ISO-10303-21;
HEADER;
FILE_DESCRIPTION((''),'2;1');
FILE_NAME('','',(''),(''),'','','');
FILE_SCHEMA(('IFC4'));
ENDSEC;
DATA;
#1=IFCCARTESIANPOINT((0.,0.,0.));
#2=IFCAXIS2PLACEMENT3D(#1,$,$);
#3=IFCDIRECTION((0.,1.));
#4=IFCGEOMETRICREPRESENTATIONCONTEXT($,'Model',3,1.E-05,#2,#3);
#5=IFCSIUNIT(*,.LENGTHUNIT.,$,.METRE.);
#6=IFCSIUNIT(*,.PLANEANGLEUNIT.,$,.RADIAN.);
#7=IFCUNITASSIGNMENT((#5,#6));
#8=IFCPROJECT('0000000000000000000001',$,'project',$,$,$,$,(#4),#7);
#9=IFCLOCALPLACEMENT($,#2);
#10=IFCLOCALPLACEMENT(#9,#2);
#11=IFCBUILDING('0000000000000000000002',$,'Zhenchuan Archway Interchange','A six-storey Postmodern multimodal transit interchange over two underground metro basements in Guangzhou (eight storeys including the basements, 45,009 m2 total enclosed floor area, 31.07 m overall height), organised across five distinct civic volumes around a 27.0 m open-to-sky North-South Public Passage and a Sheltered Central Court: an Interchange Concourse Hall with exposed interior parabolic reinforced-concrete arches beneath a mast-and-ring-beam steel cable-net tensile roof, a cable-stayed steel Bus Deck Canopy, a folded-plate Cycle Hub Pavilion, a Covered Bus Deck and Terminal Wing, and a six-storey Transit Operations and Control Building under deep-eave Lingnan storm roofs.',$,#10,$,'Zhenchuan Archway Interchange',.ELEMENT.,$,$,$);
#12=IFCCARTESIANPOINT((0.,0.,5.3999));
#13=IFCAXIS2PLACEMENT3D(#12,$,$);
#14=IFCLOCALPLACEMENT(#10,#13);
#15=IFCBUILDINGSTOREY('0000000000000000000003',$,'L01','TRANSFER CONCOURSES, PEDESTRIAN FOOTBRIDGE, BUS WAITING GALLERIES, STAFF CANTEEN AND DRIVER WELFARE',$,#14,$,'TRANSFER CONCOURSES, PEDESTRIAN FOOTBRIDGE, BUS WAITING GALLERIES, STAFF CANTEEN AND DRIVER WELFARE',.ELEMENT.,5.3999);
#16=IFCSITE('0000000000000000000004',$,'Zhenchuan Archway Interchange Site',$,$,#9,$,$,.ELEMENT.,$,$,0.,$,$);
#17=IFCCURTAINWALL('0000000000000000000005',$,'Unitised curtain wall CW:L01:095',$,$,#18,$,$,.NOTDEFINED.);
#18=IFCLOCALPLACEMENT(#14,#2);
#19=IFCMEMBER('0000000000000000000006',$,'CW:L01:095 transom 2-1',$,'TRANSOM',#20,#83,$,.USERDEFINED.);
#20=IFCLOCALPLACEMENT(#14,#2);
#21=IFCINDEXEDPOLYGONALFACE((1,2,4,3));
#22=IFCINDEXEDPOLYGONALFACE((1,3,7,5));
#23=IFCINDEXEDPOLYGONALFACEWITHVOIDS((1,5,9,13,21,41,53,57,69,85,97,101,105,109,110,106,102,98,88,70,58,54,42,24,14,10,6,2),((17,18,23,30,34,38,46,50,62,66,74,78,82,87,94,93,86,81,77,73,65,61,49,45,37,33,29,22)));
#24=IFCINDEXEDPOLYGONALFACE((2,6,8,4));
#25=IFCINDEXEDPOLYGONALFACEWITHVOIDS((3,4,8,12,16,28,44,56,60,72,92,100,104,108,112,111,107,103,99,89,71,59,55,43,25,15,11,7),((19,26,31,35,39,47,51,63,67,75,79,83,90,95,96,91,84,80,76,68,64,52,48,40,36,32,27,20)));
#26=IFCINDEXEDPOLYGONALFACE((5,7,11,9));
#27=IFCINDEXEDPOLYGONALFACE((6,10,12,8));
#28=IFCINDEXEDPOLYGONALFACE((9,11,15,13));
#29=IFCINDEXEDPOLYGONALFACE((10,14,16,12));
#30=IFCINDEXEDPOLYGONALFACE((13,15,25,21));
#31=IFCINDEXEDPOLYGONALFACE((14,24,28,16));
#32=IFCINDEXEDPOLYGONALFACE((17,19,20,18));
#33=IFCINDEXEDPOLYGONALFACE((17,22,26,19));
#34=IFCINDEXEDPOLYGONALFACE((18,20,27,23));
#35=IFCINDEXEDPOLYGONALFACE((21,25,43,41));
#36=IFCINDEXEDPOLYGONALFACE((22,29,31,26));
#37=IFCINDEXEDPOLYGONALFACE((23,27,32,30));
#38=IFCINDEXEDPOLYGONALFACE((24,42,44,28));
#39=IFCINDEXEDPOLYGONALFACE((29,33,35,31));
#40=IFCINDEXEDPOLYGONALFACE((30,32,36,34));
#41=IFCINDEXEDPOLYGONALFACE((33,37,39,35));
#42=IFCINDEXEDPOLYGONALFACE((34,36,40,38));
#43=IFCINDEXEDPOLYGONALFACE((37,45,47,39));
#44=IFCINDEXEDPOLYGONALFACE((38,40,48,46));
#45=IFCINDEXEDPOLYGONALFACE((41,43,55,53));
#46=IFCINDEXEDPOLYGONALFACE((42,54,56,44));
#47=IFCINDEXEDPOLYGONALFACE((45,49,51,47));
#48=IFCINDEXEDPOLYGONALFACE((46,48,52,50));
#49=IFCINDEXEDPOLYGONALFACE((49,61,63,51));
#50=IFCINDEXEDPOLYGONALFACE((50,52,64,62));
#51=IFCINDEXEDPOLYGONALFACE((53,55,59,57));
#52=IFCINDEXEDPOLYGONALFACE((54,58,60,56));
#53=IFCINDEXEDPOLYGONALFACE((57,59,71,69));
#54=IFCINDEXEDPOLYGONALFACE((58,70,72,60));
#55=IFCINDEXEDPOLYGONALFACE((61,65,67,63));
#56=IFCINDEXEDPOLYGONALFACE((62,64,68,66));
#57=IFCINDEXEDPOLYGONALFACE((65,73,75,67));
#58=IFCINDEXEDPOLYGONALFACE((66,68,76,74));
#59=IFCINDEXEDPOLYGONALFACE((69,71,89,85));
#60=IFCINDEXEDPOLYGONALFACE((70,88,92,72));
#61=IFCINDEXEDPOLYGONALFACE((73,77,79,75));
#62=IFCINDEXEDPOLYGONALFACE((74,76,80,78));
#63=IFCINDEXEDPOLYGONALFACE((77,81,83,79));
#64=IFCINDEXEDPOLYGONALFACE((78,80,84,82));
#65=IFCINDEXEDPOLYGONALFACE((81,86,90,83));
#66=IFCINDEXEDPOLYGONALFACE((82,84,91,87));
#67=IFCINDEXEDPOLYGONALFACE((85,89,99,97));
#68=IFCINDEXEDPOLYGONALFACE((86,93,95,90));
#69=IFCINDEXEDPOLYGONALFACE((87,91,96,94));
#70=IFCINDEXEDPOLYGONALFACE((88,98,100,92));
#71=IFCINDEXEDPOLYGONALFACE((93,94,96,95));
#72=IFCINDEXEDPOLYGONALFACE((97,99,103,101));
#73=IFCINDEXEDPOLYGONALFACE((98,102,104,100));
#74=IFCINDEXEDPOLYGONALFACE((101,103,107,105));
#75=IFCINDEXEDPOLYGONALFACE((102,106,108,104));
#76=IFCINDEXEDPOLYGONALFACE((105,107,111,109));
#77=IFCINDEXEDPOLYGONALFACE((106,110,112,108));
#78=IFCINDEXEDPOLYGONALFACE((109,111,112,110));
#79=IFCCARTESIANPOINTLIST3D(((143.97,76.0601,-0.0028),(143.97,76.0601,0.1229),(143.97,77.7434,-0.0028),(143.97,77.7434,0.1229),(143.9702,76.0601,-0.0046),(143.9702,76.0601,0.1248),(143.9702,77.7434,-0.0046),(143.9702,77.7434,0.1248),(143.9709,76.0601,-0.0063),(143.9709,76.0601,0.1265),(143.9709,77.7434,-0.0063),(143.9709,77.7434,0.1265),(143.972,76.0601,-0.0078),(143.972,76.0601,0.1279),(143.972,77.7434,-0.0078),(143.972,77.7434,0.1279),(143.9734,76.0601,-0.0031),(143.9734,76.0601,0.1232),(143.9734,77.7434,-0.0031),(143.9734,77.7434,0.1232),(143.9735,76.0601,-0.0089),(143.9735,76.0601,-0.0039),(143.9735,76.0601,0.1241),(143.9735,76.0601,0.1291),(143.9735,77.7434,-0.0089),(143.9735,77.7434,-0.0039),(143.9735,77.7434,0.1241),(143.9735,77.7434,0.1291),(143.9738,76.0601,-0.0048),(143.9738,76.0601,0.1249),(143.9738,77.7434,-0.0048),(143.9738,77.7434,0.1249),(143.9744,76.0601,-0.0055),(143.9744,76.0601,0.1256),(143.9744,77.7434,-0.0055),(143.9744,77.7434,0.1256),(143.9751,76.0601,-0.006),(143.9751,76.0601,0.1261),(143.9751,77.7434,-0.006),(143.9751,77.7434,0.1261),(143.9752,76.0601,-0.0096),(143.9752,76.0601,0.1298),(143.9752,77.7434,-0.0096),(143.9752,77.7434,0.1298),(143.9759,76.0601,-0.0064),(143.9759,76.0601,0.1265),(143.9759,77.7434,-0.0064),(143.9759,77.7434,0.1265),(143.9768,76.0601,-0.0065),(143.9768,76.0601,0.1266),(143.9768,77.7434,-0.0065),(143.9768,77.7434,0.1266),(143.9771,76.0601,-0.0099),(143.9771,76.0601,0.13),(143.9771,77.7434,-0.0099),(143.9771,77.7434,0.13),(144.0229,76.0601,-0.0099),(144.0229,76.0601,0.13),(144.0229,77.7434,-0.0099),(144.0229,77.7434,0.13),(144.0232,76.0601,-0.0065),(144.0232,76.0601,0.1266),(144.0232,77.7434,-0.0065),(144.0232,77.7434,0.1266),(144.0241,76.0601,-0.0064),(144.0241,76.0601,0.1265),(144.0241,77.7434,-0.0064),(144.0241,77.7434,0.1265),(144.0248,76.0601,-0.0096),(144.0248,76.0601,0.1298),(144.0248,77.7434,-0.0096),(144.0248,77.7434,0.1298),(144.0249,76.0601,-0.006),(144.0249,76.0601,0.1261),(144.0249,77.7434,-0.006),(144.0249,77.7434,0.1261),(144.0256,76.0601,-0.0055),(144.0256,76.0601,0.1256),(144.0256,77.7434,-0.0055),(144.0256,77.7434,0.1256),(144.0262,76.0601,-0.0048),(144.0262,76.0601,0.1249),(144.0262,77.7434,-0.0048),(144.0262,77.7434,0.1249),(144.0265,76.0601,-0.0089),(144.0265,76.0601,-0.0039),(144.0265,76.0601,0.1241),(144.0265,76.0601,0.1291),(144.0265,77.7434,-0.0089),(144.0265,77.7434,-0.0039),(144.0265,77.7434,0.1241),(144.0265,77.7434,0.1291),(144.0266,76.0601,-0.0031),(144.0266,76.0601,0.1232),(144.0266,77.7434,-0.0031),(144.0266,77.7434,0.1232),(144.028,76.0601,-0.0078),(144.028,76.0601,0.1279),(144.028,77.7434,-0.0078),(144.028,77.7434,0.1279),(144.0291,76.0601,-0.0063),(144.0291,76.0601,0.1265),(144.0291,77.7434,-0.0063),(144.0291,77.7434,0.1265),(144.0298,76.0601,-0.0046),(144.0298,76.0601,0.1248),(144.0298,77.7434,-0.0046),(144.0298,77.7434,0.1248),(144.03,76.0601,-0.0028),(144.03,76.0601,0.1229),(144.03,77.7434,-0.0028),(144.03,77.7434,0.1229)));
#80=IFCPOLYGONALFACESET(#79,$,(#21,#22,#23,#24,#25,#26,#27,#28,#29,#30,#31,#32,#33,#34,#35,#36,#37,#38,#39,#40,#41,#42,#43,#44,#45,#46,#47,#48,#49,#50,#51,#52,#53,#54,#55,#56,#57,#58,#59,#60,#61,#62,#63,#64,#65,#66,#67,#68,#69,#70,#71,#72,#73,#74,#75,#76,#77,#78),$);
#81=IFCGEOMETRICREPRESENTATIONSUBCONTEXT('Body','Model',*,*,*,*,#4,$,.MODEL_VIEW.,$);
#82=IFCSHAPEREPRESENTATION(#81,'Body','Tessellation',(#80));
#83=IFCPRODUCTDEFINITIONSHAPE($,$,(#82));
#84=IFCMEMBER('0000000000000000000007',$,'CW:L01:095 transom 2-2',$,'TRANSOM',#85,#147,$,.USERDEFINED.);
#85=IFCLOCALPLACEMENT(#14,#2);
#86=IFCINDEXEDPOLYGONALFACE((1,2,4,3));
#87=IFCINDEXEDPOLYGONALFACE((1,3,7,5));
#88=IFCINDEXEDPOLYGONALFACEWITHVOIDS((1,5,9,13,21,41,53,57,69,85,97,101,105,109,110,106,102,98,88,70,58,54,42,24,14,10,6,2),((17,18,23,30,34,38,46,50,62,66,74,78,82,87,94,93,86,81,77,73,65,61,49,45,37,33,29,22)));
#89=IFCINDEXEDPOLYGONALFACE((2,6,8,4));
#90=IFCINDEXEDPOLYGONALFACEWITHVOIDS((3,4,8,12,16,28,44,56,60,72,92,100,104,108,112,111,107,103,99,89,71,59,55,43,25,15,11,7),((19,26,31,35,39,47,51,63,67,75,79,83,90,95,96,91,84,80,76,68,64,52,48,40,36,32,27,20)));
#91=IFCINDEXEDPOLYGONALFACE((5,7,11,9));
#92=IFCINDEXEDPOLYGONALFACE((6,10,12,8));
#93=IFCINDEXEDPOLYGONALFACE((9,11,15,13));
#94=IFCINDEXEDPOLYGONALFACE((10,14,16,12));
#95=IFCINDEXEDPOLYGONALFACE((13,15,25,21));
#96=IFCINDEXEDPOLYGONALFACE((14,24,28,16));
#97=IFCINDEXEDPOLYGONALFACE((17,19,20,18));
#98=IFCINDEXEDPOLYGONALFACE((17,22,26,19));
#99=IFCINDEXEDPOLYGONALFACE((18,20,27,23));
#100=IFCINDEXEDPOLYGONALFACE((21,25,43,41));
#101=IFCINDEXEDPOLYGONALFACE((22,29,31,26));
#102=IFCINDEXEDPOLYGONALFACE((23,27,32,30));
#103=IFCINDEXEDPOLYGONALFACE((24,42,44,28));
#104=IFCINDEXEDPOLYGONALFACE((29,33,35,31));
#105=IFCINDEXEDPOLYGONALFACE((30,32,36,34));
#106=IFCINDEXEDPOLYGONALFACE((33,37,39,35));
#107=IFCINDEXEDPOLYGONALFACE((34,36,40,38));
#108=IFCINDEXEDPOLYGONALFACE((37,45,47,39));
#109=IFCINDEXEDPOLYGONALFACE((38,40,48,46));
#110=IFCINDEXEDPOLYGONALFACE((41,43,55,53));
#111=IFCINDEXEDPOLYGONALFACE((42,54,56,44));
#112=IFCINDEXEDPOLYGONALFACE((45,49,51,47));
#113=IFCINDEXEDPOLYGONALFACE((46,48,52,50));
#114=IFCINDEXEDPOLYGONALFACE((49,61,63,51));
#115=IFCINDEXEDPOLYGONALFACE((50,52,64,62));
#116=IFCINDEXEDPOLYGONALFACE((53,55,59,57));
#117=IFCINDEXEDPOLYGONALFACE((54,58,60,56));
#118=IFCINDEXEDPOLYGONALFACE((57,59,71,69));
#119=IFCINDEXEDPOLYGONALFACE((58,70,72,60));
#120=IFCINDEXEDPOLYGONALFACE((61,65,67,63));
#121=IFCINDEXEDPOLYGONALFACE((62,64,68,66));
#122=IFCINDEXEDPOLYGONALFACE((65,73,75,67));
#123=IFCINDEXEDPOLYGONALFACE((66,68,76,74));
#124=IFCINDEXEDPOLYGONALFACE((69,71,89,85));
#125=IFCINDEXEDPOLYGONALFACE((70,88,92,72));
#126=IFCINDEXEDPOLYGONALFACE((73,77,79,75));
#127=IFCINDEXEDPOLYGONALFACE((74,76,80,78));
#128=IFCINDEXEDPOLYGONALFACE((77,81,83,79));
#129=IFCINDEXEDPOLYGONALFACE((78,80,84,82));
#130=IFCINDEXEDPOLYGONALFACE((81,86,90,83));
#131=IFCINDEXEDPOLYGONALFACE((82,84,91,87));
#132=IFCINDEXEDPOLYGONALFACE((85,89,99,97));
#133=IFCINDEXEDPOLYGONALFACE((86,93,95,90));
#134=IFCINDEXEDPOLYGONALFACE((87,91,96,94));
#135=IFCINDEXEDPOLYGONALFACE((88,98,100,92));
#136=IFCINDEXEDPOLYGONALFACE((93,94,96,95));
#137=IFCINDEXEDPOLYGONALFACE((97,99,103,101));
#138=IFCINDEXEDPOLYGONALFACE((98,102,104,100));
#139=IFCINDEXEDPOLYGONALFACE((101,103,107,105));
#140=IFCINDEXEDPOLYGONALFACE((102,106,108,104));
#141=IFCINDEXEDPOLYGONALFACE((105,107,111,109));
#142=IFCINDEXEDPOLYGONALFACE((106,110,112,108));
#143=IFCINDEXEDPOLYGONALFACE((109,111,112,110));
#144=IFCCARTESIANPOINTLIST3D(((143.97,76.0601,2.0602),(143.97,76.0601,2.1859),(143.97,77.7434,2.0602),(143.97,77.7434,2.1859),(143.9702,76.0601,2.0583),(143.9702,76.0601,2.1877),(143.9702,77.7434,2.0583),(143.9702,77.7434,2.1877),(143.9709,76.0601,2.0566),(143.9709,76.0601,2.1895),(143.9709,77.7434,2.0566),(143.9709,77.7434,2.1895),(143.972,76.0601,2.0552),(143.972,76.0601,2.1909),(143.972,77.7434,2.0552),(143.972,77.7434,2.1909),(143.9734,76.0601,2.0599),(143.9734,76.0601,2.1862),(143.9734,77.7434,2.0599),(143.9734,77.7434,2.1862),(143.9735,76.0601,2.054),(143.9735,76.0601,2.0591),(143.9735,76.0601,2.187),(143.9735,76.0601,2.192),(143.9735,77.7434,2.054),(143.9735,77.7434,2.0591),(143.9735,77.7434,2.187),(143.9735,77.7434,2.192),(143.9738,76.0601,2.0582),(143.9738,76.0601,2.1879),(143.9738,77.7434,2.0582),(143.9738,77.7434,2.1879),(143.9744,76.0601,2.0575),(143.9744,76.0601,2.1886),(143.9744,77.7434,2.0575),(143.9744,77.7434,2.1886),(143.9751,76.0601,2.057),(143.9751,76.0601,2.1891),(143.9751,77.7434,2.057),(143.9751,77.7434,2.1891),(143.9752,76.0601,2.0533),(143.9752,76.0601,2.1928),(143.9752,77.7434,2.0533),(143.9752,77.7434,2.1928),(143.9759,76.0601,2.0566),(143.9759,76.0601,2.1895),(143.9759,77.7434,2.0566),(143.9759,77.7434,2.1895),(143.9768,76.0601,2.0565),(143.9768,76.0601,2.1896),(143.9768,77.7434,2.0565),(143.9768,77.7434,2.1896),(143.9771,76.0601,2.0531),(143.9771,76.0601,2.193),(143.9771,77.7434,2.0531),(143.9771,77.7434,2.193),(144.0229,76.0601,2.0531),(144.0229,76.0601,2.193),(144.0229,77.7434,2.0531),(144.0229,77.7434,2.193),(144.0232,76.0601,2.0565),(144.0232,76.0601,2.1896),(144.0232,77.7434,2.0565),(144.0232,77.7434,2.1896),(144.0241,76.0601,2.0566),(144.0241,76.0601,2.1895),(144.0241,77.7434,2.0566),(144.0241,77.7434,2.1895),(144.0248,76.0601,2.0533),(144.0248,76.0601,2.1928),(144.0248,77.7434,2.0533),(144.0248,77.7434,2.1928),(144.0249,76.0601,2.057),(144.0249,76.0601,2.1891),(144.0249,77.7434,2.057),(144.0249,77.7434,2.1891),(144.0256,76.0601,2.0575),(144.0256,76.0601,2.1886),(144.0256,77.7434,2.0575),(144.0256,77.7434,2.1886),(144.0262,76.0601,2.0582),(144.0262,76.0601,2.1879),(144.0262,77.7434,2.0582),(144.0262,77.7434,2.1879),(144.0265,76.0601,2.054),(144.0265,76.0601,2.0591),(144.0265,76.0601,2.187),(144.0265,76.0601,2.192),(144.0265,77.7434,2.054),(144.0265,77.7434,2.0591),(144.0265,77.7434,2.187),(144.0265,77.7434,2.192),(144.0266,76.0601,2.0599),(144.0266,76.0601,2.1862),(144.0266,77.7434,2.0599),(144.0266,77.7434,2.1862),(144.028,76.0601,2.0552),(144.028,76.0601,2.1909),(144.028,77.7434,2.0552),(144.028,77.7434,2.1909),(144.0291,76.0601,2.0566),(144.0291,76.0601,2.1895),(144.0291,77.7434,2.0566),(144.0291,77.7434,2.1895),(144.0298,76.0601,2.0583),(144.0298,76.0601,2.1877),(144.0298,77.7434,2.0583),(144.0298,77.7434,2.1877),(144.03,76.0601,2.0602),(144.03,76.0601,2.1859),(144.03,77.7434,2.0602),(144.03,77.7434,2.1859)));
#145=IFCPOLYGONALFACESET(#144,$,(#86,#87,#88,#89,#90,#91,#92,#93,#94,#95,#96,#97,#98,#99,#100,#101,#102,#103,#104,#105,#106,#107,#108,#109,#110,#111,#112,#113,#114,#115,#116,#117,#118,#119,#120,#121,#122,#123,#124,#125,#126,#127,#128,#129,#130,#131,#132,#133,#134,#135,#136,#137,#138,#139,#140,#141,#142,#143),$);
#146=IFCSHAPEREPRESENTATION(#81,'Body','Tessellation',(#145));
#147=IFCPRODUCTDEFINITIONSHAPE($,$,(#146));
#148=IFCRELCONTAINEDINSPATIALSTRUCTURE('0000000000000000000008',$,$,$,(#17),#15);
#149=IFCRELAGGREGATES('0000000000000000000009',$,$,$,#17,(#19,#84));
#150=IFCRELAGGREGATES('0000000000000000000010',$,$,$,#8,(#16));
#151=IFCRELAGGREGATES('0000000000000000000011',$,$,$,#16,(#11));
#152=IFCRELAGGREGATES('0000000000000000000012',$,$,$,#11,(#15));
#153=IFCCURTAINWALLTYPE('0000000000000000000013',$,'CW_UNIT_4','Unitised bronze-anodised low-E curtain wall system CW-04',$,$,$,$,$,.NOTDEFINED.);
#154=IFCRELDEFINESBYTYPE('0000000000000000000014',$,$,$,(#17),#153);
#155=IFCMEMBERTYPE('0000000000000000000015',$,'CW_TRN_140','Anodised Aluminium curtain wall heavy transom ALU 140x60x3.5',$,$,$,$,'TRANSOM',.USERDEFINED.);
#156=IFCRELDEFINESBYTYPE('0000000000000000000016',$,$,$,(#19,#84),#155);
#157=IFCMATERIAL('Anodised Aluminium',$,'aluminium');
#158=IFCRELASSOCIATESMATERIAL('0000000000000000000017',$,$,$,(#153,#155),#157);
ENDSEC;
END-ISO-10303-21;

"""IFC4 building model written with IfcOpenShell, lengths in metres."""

from ifc_helpers import new_model, si_unit, direction, frame, origin, origin_2d, place, context, subcontext, project, spatial, hollow_rectangle, extrude, material, material_profile, profile_set, type_object, element, aggregate, save


model = new_model("IFC4")

# Units and contexts
model_context = context("Model", 3, precision=1e-05, world=origin(), true_north=direction((0.0, 1.0)))
body_context = subcontext(model_context, "Body", "Model", "MODEL_VIEW")
ifc_project = project(units=[si_unit("LENGTHUNIT", "METRE"), si_unit("PLANEANGLEUNIT", "RADIAN")], contexts=[model_context])

# Site, building, storey
site_placement = place(None, origin())
site = spatial("IfcSite", under=ifc_project, at=site_placement, Name="Zhenchuan Archway Interchange Site", CompositionType="ELEMENT", RefElevation=0.0)
building_placement = place(site_placement, origin())
building = spatial("IfcBuilding", under=site, at=building_placement, Name="Zhenchuan Archway Interchange", Description="A six-storey Postmodern multimodal transit interchange over two underground metro basements in Guangzhou (eight storeys including the basements, 45,009 m2 total enclosed floor area, 31.07 m overall height), organised across five distinct civic volumes around a 27.0 m open-to-sky North-South Public Passage and a Sheltered Central Court: an Interchange Concourse Hall with exposed interior parabolic reinforced-concrete arches beneath a mast-and-ring-beam steel cable-net tensile roof, a cable-stayed steel Bus Deck Canopy, a folded-plate Cycle Hub Pavilion, a Covered Bus Deck and Terminal Wing, and a six-storey Transit Operations and Control Building under deep-eave Lingnan storm roofs.", LongName="Zhenchuan Archway Interchange", CompositionType="ELEMENT")
storey_placement = place(building_placement, frame((0.0, 0.0, 5.3999)))
storey = spatial("IfcBuildingStorey", under=building, at=storey_placement, Name="L01", Description="TRANSFER CONCOURSES, PEDESTRIAN FOOTBRIDGE, BUS WAITING GALLERIES, STAFF CANTEEN AND DRIVER WELFARE", LongName="TRANSFER CONCOURSES, PEDESTRIAN FOOTBRIDGE, BUS WAITING GALLERIES, STAFF CANTEEN AND DRIVER WELFARE", CompositionType="ELEMENT", Elevation=5.3999)

# Curtain wall, members
ifc_material_1 = material(Name="Anodised Aluminium", Category="aluminium")
curtain_wall_type = type_object("IfcCurtainWallType", Name="CW_UNIT_4", Description="Unitised bronze-anodised low-E curtain wall system CW-04", PredefinedType="NOTDEFINED", material=ifc_material_1)
curtain_wall_placement = place(storey_placement, origin())
curtain_wall = element("IfcCurtainWall", 1, at=curtain_wall_placement, inside=storey, type_object=curtain_wall_type, Name="Unitised curtain wall CW:L01:095", PredefinedType="NOTDEFINED")
ifc_material_profile_1 = material_profile(ifc_material_1, hollow_rectangle(XDim=0.0601, YDim=0.1399, WallThickness=0.0034, InnerFilletRadius=0.0034, OuterFilletRadius=0.0071, at=origin_2d()), Name="ALU 140x60x3.5")
ifc_profile_set_1 = profile_set([ifc_material_profile_1], Name="Anodised Aluminium")
member_type_1 = type_object("IfcMemberType", Name="CW_TRN_140", Description="Anodised Aluminium curtain wall heavy transom ALU 140x60x3.5", ElementType="TRANSOM", PredefinedType="USERDEFINED", material=ifc_profile_set_1)
member_1_placement = place(storey_placement, frame((144.0, 76.0601, 0.0601), z_axis=(0.0, 1.0, 0.0), x_axis=(-1.0, 0.0, 0.0)))
member_1 = element("IfcMember", 2, at=member_1_placement, type_object=member_type_1, Name="CW:L01:095 transom 2-1", ObjectType="TRANSOM", PredefinedType="USERDEFINED", context=body_context, shape_type="SweptSolid", body=[
    extrude(hollow_rectangle(XDim=0.0601, YDim=0.1399, WallThickness=0.0034, InnerFilletRadius=0.0034, OuterFilletRadius=0.0071, at=origin_2d()), origin(), (0.0, 0.0, 1.0), 1.6833),
])
member_2_placement = place(storey_placement, frame((144.0, 76.0601, 2.123), z_axis=(0.0, 1.0, 0.0), x_axis=(-1.0, 0.0, 0.0)))
member_2 = element("IfcMember", 3, at=member_2_placement, type_object=member_type_1, Name="CW:L01:095 transom 2-2", ObjectType="TRANSOM", PredefinedType="USERDEFINED", context=body_context, shape_type="SweptSolid", body=[
    extrude(hollow_rectangle(XDim=0.0601, YDim=0.1399, WallThickness=0.0034, InnerFilletRadius=0.0034, OuterFilletRadius=0.0071, at=origin_2d()), origin(), (0.0, 0.0, 1.0), 1.6833),
])

aggregate(curtain_wall, [member_1, member_2])

save(model, "model.ifc")
